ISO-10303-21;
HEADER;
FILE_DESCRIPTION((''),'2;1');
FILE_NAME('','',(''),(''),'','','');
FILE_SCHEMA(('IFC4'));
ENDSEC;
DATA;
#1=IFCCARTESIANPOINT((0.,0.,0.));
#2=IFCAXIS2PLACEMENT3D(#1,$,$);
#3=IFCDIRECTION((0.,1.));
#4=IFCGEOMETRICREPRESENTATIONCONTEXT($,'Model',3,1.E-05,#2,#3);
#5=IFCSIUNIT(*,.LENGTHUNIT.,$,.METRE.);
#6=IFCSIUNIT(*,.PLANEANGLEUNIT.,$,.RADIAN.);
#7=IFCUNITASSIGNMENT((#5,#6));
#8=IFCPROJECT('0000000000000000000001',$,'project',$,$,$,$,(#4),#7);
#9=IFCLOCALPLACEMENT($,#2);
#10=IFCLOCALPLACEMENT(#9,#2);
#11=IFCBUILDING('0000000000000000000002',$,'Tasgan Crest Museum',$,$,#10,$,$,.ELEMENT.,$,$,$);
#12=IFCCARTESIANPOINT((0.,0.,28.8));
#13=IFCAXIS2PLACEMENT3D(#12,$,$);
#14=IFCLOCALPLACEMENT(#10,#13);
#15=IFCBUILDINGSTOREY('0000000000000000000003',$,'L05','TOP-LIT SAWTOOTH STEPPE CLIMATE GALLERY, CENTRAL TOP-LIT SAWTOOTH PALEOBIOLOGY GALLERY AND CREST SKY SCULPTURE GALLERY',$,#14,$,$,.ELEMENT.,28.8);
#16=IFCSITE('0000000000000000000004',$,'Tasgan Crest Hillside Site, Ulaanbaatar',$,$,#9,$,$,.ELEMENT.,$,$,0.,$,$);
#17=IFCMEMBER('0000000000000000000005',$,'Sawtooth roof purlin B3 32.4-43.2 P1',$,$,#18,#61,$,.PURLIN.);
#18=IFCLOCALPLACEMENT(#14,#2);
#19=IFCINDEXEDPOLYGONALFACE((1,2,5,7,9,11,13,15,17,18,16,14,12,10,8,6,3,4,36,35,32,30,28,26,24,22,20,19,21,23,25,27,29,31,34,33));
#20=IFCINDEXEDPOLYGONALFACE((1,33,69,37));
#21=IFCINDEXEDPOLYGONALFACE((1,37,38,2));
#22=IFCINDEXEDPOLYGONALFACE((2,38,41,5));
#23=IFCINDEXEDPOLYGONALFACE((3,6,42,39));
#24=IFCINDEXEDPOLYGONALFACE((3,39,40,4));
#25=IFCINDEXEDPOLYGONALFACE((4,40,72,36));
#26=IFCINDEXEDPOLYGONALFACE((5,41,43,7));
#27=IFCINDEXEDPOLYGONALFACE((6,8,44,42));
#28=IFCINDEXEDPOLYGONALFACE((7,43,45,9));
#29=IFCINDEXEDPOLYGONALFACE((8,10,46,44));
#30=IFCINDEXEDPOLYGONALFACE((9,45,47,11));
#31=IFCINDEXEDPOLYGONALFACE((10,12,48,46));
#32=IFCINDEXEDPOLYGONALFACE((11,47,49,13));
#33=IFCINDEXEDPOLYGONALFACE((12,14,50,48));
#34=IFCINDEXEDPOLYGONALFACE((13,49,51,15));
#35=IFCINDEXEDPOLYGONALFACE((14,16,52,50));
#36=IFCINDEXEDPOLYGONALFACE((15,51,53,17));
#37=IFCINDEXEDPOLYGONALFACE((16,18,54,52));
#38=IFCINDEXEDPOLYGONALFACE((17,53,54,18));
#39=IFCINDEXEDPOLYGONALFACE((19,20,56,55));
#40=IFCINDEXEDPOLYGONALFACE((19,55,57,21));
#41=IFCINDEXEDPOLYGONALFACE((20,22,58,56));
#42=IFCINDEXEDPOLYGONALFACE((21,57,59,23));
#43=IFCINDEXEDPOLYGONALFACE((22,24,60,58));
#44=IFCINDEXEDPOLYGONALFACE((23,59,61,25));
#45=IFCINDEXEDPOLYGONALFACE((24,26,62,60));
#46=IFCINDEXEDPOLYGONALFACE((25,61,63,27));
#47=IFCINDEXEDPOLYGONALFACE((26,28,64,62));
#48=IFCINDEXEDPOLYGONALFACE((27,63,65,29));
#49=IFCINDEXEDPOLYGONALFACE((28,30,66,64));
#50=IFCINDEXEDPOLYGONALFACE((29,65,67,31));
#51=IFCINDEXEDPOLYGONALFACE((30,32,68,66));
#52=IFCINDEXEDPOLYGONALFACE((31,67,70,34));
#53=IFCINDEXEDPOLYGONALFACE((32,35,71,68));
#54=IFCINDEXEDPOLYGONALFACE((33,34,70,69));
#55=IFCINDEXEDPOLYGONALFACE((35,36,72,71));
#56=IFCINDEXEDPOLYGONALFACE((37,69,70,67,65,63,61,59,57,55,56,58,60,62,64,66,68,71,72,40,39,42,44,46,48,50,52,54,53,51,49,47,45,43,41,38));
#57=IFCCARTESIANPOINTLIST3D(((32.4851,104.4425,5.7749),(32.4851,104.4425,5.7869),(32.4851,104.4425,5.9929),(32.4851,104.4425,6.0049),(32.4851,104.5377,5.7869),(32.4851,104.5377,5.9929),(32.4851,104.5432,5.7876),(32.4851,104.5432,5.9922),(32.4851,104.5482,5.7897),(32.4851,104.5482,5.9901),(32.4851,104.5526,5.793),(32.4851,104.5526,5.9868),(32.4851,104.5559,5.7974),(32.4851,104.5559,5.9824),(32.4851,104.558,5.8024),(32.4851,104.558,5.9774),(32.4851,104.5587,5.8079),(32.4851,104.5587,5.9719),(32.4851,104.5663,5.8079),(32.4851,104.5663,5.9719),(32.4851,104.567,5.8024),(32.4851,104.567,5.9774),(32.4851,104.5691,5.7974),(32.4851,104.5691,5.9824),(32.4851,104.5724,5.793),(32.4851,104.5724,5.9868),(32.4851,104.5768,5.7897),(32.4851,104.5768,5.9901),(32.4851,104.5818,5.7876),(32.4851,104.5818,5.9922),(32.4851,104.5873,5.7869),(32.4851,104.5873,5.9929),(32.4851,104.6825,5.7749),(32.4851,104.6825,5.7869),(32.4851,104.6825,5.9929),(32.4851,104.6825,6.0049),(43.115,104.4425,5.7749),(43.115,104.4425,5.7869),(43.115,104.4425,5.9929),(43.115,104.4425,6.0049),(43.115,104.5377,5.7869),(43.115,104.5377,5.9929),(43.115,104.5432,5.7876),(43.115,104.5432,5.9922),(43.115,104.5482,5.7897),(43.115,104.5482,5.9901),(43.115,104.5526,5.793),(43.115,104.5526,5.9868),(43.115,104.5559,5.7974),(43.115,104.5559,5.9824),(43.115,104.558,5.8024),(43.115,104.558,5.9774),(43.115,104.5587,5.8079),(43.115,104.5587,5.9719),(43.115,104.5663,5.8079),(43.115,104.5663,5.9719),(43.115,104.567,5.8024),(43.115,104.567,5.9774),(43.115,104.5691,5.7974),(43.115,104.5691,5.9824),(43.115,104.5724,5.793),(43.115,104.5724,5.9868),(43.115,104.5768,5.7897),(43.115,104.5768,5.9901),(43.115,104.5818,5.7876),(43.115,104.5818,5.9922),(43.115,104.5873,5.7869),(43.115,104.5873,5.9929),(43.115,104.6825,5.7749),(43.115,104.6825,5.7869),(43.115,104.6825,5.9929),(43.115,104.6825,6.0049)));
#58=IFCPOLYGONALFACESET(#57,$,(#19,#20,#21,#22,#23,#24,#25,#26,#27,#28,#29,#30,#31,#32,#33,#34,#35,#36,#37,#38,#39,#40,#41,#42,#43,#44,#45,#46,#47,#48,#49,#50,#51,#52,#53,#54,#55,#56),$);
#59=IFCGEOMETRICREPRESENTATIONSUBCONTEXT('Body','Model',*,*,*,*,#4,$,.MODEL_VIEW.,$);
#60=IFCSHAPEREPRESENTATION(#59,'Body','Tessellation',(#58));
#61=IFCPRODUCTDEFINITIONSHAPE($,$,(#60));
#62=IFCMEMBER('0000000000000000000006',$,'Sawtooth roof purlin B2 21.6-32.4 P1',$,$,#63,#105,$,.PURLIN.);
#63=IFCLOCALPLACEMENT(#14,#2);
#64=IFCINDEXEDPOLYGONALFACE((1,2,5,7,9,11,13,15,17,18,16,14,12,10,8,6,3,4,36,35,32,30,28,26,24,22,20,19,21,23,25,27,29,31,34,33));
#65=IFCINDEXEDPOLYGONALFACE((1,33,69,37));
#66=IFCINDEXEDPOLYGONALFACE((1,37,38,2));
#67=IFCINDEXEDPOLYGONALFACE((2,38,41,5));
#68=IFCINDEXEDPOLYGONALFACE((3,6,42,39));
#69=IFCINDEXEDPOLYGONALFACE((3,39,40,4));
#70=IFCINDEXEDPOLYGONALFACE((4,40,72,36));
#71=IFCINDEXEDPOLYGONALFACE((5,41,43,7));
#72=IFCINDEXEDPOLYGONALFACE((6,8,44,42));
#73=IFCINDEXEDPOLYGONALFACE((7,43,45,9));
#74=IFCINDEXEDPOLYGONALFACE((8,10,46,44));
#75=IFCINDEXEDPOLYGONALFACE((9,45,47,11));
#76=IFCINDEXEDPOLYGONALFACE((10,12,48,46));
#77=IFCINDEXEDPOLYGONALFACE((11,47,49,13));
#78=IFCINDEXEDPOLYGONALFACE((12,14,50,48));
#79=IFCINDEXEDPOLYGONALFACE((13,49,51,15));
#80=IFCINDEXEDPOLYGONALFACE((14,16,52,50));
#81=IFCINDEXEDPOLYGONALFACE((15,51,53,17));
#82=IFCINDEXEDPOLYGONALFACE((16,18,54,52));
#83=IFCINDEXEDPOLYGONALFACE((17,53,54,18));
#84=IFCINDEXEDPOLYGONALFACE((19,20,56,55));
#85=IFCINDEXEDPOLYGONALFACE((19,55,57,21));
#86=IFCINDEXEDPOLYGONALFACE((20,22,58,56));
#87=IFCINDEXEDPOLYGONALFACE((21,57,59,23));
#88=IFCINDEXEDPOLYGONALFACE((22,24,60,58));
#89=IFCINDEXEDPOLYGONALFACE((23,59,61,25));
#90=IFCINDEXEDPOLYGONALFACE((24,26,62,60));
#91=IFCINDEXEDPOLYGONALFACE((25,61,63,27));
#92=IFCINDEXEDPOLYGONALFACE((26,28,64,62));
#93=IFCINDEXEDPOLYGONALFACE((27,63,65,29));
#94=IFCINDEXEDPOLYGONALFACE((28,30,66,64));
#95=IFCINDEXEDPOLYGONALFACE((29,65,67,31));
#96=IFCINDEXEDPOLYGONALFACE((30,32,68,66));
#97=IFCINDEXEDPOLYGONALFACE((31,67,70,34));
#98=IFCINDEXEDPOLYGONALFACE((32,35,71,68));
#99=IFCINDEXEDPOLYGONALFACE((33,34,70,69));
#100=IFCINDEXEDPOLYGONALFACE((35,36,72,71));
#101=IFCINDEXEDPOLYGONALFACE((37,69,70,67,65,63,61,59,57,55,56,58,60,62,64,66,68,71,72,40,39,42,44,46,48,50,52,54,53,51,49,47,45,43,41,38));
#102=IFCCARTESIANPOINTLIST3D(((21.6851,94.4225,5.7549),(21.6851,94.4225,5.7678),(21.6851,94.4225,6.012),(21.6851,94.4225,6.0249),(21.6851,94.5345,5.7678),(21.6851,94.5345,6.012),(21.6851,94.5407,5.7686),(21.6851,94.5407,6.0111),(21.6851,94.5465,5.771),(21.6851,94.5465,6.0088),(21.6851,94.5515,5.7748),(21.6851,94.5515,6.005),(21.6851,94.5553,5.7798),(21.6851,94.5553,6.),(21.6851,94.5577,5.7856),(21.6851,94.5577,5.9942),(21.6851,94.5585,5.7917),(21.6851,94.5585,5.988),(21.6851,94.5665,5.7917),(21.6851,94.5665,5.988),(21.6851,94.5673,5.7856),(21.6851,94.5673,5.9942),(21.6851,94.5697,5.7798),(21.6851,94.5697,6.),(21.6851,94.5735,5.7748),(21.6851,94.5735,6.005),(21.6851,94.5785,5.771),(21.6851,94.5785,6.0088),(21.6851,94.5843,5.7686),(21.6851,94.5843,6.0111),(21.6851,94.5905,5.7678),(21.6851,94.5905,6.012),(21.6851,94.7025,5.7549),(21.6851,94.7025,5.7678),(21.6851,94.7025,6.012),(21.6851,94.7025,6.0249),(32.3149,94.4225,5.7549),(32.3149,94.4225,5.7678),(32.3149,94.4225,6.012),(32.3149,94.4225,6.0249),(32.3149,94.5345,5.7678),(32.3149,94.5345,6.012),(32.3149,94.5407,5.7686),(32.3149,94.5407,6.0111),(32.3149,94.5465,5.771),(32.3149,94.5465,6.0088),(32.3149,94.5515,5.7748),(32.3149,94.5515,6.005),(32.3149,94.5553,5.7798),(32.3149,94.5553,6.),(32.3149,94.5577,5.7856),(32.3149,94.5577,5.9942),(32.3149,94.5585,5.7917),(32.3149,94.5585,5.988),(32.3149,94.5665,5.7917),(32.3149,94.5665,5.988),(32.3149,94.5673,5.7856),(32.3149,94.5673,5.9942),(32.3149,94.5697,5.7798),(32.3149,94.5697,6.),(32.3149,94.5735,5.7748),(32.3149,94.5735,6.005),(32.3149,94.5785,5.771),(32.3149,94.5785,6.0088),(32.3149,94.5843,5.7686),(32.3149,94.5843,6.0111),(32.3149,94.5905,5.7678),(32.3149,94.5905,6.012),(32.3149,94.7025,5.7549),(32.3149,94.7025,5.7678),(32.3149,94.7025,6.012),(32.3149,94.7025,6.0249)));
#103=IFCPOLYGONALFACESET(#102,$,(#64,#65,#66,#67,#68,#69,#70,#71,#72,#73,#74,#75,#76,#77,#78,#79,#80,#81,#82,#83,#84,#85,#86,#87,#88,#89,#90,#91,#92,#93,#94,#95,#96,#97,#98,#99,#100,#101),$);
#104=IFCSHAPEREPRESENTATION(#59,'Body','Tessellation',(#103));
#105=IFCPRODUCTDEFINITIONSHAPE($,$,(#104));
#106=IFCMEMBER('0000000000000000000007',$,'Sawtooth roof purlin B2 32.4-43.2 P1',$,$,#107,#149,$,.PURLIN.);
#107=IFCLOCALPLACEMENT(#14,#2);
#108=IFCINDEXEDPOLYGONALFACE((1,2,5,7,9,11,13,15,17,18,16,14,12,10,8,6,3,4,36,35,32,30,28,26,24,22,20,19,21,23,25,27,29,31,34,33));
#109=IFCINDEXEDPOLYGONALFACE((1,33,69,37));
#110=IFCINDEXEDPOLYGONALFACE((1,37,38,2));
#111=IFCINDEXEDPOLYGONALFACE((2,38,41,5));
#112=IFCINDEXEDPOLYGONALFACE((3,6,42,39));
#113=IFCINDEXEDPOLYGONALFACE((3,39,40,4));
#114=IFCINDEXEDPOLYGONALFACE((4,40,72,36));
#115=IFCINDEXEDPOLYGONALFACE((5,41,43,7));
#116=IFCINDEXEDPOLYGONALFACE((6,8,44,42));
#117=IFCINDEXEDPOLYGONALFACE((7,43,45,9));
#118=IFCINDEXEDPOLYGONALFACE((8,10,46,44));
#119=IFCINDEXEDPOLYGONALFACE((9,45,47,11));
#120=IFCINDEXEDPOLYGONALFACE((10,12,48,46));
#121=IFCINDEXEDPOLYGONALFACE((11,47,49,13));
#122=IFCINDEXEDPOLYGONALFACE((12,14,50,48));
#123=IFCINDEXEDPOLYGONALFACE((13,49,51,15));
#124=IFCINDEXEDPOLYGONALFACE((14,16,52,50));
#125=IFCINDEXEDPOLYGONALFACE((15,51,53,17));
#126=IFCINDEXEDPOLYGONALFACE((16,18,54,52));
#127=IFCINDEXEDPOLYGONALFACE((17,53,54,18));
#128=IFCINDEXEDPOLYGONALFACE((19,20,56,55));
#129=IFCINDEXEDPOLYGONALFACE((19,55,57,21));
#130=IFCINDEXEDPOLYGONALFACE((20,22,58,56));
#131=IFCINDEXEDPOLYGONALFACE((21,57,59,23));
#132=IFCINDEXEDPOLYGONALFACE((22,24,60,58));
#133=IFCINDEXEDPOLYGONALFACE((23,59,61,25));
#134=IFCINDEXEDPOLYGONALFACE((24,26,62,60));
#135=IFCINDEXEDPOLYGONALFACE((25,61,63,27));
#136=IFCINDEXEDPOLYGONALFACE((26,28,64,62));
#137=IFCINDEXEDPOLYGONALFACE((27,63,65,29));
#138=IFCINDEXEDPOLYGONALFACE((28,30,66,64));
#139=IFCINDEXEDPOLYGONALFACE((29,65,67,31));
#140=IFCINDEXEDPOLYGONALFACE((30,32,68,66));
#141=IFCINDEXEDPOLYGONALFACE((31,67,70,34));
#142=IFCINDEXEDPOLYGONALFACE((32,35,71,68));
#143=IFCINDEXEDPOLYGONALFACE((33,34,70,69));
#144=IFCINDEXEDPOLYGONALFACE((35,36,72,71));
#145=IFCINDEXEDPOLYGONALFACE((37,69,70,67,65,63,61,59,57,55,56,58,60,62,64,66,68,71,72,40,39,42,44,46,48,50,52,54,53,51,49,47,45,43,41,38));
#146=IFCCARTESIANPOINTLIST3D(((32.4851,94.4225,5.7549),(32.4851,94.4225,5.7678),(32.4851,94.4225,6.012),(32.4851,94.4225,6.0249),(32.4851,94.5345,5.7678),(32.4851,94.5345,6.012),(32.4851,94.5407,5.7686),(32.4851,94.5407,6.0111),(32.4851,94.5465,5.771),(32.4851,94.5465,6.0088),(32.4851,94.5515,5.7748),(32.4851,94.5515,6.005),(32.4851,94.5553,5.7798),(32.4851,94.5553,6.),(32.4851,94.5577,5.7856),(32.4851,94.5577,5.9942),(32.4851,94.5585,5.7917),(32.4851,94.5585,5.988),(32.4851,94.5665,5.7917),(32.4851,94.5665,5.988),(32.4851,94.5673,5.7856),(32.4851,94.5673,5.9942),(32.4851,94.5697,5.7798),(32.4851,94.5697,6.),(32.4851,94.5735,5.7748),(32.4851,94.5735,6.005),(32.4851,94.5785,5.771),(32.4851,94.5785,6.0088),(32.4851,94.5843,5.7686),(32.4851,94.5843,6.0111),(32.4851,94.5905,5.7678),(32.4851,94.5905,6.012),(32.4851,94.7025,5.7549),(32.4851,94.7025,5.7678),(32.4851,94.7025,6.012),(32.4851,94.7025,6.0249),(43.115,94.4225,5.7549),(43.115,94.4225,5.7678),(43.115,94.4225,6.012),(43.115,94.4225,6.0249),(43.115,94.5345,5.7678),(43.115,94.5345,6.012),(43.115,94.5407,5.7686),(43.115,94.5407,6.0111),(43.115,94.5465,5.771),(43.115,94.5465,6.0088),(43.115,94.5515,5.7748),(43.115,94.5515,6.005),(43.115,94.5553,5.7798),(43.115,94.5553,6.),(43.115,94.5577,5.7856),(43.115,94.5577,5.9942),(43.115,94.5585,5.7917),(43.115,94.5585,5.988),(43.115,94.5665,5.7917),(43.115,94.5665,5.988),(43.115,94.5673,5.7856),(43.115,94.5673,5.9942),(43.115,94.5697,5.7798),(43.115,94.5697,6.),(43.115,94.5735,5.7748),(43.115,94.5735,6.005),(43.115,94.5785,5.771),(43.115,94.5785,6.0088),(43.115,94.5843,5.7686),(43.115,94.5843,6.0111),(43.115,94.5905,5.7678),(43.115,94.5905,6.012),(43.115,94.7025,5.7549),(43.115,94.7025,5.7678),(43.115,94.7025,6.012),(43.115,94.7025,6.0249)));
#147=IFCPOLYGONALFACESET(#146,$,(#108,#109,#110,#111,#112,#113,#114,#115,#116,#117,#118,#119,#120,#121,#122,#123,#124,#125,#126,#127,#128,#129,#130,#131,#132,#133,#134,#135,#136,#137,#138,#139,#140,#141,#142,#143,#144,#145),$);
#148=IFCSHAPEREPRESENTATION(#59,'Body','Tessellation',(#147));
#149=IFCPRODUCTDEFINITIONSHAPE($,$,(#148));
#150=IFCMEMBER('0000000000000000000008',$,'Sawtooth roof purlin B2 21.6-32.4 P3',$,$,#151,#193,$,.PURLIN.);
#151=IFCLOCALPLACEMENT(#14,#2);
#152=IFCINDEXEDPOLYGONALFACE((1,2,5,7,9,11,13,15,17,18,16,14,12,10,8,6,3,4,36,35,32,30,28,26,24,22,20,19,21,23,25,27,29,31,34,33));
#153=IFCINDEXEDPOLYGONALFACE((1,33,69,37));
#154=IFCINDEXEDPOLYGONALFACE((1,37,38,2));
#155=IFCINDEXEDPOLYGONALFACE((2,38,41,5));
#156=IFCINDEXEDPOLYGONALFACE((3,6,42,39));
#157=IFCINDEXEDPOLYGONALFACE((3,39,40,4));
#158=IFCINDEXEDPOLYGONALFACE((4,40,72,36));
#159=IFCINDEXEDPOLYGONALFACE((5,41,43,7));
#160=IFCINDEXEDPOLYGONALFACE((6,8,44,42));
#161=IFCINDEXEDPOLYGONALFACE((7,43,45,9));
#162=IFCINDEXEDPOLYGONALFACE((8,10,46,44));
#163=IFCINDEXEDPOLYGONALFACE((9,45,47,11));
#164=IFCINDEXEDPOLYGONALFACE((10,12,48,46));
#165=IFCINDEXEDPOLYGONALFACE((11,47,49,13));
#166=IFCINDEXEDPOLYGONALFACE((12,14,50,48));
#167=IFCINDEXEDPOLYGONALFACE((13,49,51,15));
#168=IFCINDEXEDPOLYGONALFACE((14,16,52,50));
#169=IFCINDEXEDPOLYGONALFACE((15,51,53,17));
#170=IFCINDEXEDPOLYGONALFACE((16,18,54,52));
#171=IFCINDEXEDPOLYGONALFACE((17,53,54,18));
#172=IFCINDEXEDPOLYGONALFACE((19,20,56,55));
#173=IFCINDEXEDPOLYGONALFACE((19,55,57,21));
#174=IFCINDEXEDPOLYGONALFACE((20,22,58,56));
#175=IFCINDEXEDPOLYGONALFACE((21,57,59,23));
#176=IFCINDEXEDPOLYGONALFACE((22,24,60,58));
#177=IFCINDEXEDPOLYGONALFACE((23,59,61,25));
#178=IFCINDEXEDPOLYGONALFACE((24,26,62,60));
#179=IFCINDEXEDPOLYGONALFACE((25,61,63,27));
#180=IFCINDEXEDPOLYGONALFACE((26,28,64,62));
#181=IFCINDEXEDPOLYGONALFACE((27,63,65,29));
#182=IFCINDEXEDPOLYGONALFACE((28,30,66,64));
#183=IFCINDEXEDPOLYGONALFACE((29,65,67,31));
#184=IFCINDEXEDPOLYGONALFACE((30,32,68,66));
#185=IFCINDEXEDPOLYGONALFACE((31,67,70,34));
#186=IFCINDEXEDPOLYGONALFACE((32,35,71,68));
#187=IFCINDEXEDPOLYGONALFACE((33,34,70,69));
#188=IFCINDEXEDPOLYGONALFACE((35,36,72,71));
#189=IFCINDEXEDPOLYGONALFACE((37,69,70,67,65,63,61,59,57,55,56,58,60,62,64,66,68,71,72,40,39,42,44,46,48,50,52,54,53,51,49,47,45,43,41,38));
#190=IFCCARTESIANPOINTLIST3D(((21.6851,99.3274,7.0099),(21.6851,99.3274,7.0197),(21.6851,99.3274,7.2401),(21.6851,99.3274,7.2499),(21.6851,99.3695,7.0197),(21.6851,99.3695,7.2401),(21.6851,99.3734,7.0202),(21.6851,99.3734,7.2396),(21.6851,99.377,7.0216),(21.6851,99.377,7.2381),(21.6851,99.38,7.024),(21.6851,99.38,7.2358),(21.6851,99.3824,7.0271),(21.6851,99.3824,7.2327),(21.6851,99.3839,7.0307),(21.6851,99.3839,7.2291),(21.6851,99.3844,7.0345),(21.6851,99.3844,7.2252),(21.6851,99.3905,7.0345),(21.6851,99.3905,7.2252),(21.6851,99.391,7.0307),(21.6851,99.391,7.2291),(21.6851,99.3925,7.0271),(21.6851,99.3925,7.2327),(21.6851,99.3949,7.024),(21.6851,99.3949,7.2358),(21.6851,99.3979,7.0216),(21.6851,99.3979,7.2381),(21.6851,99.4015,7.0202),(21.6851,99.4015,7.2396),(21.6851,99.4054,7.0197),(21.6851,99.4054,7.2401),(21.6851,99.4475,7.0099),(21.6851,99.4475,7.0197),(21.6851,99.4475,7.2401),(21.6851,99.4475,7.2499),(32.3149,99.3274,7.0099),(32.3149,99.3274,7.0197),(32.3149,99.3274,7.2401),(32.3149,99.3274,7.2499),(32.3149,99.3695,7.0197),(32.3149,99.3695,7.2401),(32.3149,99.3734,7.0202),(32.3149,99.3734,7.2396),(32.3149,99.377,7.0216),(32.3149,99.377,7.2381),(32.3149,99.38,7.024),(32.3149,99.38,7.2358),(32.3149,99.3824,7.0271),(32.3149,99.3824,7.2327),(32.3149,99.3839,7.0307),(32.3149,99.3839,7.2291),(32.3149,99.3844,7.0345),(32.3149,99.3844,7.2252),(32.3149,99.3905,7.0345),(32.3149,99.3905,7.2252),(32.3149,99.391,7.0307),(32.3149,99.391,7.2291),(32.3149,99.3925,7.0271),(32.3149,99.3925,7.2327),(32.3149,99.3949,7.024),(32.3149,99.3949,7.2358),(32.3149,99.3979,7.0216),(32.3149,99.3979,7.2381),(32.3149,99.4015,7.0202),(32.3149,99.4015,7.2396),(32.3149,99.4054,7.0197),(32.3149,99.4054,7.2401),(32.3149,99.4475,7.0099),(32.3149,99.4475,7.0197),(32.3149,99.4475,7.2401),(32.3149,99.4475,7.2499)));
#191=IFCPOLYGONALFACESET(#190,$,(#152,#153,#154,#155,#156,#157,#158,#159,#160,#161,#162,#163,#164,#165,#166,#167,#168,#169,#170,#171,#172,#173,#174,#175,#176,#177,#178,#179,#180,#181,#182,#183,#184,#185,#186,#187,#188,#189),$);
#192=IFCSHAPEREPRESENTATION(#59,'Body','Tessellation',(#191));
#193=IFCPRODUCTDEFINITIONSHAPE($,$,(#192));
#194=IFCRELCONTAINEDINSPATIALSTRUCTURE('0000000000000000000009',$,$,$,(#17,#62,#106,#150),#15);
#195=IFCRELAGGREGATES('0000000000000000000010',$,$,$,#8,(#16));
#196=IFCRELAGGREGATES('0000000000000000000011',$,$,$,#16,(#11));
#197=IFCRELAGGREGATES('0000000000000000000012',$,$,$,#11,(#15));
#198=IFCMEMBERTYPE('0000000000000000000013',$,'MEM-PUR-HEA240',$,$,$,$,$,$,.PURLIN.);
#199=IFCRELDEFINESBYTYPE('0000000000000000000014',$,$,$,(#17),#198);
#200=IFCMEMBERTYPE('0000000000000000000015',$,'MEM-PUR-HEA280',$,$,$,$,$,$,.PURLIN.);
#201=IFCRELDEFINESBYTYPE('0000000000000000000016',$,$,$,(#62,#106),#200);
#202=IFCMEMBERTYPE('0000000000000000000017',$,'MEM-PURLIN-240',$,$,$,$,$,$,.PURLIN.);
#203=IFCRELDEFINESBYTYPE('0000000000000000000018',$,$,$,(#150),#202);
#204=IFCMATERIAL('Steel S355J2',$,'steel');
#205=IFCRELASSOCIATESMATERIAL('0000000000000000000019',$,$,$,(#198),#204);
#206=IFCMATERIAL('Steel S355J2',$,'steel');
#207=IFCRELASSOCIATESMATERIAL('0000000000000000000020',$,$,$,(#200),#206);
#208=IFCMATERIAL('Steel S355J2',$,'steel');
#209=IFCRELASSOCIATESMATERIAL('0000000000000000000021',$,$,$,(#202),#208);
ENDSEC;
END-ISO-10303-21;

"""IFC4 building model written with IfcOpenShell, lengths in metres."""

from ifc_helpers import new_model, si_unit, direction, frame, origin, origin_2d, place, context, subcontext, project, spatial, i_section, extrude, material, material_profile, profile_set, type_object, element, save


model = new_model("IFC4")

# Units and contexts
model_context = context("Model", 3, precision=1e-05, world=origin(), true_north=direction((0.0, 1.0)))
body_context = subcontext(model_context, "Body", "Model", "MODEL_VIEW")
ifc_project = project(units=[si_unit("LENGTHUNIT", "METRE"), si_unit("PLANEANGLEUNIT", "RADIAN")], contexts=[model_context])

# Site, building, storey
site_placement = place(None, origin())
site = spatial("IfcSite", under=ifc_project, at=site_placement, Name="Tasgan Crest Hillside Site, Ulaanbaatar", CompositionType="ELEMENT", RefElevation=0.0)
building_placement = place(site_placement, origin())
building = spatial("IfcBuilding", under=site, at=building_placement, Name="Tasgan Crest Museum", CompositionType="ELEMENT")
storey_placement = place(building_placement, frame((0.0, 0.0, 28.8)))
storey = spatial("IfcBuildingStorey", under=building, at=storey_placement, Name="L05", Description="TOP-LIT SAWTOOTH STEPPE CLIMATE GALLERY, CENTRAL TOP-LIT SAWTOOTH PALEOBIOLOGY GALLERY AND CREST SKY SCULPTURE GALLERY", CompositionType="ELEMENT", Elevation=28.8)

# Members
ifc_material_1 = material(Name="Steel S355J2", Category="steel")
ifc_material_profile_1 = material_profile(ifc_material_1, i_section(OverallWidth=0.24, OverallDepth=0.23, WebThickness=0.0076, FlangeThickness=0.012, FilletRadius=0.021, at=origin_2d()), Name="HEA 240")
ifc_profile_set_1 = profile_set([ifc_material_profile_1], Name="Steel S355J2")
member_type_1 = type_object("IfcMemberType", Name="MEM-PUR-HEA240", PredefinedType="PURLIN", material=ifc_profile_set_1)
for number, where, z_axis, x_axis, name in (
    (1, (32.4851, 104.5625, 5.8899), (1.0, 0.0, 0.0), (0.0, 1.0, 0.0), "Sawtooth roof purlin B3 32.4-43.2 P1"),
):
    element("IfcMember", number, at=place(storey_placement, frame(where, z_axis=z_axis, x_axis=x_axis)), inside=storey, type_object=member_type_1, Name=name, PredefinedType="PURLIN", context=body_context, shape_type="SweptSolid", body=[
        extrude(i_section(OverallWidth=0.24, OverallDepth=0.23, WebThickness=0.0076, FlangeThickness=0.012, FilletRadius=0.021, at=origin_2d()), origin(), (0.0, 0.0, 1.0), 10.6299),
    ])
ifc_material_2 = material(Name="Steel S355J2", Category="steel")
ifc_material_profile_2 = material_profile(ifc_material_2, i_section(OverallWidth=0.28, OverallDepth=0.27, WebThickness=0.0081, FlangeThickness=0.0129, FilletRadius=0.0239, at=origin_2d()), Name="HEA 280")
ifc_profile_set_2 = profile_set([ifc_material_profile_2], Name="Steel S355J2")
member_type_2 = type_object("IfcMemberType", Name="MEM-PUR-HEA280", PredefinedType="PURLIN", material=ifc_profile_set_2)
for number, where, z_axis, x_axis, name in (
    (2, (21.6851, 94.5625, 5.8899), (1.0, 0.0, 0.0), (0.0, 1.0, 0.0), "Sawtooth roof purlin B2 21.6-32.4 P1"),
    (3, (32.4851, 94.5625, 5.8899), (1.0, 0.0, 0.0), (0.0, 1.0, 0.0), "Sawtooth roof purlin B2 32.4-43.2 P1"),
):
    element("IfcMember", number, at=place(storey_placement, frame(where, z_axis=z_axis, x_axis=x_axis)), inside=storey, type_object=member_type_2, Name=name, PredefinedType="PURLIN", context=body_context, shape_type="SweptSolid", body=[
        extrude(i_section(OverallWidth=0.28, OverallDepth=0.27, WebThickness=0.0081, FlangeThickness=0.0129, FilletRadius=0.0239, at=origin_2d()), origin(), (0.0, 0.0, 1.0), 10.6299),
    ])
ifc_material_3 = material(Name="Steel S355J2", Category="steel")
ifc_material_profile_3 = material_profile(ifc_material_3, i_section(OverallWidth=0.1201, OverallDepth=0.24, WebThickness=0.0061, FlangeThickness=0.0098, FilletRadius=0.0149, at=origin_2d()), Name="IPE 240")
ifc_profile_set_3 = profile_set([ifc_material_profile_3], Name="Steel S355J2")
member_type_3 = type_object("IfcMemberType", Name="MEM-PURLIN-240", PredefinedType="PURLIN", material=ifc_profile_set_3)
for number, where, z_axis, x_axis, name in (
    (4, (21.6851, 99.3875, 7.1299), (1.0, 0.0, 0.0), (0.0, 1.0, 0.0), "Sawtooth roof purlin B2 21.6-32.4 P3"),
):
    element("IfcMember", number, at=place(storey_placement, frame(where, z_axis=z_axis, x_axis=x_axis)), inside=storey, type_object=member_type_3, Name=name, PredefinedType="PURLIN", context=body_context, shape_type="SweptSolid", body=[
        extrude(i_section(OverallWidth=0.1201, OverallDepth=0.24, WebThickness=0.0061, FlangeThickness=0.0098, FilletRadius=0.0149, at=origin_2d()), origin(), (0.0, 0.0, 1.0), 10.6299),
    ])

save(model, "model.ifc")
